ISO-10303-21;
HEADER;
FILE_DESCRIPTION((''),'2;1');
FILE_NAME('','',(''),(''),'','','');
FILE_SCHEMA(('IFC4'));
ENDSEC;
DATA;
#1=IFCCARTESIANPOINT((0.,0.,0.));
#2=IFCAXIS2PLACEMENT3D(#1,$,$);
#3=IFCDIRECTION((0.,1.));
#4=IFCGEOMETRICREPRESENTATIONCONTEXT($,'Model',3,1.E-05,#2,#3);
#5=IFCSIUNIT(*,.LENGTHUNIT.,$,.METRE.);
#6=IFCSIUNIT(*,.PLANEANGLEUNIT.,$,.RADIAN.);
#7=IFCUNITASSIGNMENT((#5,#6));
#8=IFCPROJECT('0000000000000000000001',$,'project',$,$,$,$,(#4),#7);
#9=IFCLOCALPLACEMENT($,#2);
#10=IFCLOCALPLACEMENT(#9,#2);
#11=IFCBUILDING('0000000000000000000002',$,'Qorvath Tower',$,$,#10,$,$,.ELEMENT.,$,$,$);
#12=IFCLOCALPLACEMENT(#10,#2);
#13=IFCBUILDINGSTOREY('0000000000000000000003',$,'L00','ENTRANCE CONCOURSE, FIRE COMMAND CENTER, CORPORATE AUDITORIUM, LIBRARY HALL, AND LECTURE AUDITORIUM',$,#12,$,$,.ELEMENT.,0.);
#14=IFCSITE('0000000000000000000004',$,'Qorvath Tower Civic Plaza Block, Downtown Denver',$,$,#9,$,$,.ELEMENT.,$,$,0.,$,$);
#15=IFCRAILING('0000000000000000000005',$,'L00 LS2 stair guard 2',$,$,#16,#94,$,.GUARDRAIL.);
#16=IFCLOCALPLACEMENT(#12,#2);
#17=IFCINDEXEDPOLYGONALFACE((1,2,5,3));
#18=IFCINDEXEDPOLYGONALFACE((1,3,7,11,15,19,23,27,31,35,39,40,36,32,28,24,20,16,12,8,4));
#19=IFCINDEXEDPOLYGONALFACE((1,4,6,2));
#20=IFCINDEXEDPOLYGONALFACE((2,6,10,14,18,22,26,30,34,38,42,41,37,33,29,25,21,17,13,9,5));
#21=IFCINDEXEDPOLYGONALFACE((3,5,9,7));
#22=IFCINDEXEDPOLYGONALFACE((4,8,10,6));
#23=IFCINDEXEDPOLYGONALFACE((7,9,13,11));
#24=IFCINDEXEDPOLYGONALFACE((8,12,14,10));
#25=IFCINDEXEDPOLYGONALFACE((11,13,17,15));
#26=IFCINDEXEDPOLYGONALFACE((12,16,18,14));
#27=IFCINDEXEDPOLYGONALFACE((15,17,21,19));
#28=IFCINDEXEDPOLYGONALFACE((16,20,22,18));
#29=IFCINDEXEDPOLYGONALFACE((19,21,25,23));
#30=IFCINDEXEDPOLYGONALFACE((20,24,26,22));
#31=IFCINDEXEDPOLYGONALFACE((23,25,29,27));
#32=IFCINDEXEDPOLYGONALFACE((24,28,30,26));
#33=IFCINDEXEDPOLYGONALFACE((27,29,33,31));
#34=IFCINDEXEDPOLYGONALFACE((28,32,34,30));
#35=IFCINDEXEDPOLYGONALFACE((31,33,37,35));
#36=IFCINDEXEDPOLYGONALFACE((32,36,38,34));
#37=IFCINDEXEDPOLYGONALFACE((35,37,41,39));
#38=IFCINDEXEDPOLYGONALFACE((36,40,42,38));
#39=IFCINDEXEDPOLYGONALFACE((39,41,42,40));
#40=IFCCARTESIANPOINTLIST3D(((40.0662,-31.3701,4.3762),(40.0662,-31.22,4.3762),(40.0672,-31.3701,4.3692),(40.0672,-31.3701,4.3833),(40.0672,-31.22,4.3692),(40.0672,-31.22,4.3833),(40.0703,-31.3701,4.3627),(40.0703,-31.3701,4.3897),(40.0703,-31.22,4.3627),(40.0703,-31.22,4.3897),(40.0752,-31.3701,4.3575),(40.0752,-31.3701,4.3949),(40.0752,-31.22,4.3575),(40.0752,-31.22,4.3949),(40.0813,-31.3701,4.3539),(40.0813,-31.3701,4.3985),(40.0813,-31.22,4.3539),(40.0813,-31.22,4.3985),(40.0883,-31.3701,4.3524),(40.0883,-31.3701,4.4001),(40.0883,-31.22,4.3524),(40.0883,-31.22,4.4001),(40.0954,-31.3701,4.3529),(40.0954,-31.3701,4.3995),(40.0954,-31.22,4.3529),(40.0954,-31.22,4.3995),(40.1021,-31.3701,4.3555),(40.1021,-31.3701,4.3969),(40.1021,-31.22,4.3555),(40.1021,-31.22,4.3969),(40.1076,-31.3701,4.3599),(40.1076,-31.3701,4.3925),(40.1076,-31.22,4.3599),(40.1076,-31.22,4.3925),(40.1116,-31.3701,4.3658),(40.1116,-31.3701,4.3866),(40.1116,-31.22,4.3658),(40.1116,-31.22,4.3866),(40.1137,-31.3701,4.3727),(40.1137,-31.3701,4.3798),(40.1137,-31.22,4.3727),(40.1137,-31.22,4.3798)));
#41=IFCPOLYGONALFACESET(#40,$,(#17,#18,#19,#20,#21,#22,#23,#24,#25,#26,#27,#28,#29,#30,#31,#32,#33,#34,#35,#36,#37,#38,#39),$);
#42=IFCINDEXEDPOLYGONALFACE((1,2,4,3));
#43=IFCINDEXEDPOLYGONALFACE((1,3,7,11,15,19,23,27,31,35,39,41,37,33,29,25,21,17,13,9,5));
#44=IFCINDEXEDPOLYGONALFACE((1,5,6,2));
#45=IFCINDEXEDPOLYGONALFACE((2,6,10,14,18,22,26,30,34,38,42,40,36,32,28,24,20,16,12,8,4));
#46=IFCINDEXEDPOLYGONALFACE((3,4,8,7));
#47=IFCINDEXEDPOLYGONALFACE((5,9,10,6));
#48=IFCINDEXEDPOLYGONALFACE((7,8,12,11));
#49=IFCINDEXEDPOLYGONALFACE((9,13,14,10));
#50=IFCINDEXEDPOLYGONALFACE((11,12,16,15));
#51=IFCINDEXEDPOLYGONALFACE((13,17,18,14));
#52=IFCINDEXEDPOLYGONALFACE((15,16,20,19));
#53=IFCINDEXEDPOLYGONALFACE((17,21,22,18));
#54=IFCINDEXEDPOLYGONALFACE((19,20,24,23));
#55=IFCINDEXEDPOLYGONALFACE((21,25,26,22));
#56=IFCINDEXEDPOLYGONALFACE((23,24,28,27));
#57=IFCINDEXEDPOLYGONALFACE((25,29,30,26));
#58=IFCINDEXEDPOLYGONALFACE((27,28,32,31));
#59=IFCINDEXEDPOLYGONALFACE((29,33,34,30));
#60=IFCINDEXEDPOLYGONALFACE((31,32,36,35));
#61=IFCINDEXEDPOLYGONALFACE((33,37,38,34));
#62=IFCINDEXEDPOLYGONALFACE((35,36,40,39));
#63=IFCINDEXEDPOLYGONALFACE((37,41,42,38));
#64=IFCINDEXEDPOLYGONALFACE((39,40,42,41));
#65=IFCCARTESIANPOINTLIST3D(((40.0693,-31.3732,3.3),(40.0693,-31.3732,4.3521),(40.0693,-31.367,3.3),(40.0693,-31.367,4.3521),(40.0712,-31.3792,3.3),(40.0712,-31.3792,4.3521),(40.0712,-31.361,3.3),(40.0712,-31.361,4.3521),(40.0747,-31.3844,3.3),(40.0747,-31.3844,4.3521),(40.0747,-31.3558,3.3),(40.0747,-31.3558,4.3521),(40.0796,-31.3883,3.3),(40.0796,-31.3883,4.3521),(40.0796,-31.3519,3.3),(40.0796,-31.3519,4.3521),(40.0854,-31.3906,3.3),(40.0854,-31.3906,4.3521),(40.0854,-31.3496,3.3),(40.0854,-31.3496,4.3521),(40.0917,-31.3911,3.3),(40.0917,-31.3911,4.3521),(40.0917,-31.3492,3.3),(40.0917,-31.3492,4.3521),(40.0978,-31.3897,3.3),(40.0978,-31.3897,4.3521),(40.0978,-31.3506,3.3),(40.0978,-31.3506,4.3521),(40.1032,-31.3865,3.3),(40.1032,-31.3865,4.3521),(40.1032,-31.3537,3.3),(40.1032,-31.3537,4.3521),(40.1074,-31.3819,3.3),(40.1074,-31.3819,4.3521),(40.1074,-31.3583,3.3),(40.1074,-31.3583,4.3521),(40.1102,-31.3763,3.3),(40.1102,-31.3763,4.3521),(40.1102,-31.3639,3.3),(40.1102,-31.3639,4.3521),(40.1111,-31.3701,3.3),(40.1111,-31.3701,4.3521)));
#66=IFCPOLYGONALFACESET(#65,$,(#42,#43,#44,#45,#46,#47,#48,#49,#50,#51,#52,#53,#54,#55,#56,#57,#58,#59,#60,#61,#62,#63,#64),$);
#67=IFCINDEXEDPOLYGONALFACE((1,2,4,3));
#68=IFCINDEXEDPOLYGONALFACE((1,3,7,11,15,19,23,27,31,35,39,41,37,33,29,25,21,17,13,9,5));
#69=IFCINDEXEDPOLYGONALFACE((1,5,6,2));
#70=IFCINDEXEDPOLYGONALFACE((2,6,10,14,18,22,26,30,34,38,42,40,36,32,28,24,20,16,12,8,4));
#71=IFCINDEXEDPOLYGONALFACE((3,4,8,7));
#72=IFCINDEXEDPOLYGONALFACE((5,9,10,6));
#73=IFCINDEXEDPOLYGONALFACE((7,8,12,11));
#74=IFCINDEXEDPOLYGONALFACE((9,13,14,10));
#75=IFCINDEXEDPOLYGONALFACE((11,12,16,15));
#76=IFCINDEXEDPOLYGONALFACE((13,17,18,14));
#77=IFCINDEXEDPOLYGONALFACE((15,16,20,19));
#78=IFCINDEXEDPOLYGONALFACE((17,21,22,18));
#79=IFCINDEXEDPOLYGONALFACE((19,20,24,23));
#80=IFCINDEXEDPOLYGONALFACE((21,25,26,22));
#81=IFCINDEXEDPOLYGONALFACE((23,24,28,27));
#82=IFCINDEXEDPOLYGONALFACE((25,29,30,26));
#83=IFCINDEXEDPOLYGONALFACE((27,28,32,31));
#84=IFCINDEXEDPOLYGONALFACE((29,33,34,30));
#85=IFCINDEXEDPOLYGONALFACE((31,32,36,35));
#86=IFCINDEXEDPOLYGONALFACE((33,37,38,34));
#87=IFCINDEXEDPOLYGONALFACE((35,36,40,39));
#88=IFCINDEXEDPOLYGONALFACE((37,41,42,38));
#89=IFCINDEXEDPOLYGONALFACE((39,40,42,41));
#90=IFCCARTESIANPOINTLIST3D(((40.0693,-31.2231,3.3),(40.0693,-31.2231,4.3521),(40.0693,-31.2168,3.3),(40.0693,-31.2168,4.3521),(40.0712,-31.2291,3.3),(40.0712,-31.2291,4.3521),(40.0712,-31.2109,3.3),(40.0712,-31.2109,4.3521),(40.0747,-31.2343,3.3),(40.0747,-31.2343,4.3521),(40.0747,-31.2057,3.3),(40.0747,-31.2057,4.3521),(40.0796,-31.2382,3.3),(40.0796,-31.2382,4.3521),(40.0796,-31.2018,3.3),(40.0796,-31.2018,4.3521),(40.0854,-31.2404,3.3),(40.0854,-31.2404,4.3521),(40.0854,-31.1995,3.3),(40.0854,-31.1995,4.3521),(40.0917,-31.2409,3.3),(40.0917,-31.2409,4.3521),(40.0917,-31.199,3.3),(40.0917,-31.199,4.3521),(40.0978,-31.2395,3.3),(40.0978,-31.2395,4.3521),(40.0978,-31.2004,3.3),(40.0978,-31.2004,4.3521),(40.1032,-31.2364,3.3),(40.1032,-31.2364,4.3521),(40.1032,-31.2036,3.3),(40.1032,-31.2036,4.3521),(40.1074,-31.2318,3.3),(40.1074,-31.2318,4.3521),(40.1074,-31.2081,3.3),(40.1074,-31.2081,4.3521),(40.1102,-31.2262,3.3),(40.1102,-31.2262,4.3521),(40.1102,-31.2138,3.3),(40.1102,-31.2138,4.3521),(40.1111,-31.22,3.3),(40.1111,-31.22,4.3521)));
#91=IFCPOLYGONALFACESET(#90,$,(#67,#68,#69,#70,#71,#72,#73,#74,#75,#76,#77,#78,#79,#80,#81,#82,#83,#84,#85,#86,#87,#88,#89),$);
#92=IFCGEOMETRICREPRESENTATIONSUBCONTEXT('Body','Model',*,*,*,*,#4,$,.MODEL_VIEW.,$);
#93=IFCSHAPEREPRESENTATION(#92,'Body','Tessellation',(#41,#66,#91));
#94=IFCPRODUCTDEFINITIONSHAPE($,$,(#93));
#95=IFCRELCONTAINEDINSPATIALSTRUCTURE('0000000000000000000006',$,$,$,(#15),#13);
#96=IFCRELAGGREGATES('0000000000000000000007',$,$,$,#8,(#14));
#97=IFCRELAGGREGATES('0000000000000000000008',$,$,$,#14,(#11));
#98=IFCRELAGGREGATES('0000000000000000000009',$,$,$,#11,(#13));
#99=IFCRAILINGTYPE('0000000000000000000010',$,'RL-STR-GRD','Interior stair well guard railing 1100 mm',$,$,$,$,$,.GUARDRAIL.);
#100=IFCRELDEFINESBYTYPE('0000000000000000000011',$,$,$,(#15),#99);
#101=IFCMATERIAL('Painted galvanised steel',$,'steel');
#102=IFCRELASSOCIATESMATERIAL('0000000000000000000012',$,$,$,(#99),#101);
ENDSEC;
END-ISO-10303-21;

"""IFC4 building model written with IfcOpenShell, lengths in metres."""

from ifc_helpers import new_model, si_unit, direction, frame, origin, origin_2d, place, context, subcontext, project, spatial, circle, extrude, material, type_object, element, save


model = new_model("IFC4")

# Units and contexts
model_context = context("Model", 3, precision=1e-05, world=origin(), true_north=direction((0.0, 1.0)))
body_context = subcontext(model_context, "Body", "Model", "MODEL_VIEW")
ifc_project = project(units=[si_unit("LENGTHUNIT", "METRE"), si_unit("PLANEANGLEUNIT", "RADIAN")], contexts=[model_context])

# Site, building, storey
site_placement = place(None, origin())
site = spatial("IfcSite", under=ifc_project, at=site_placement, Name="Qorvath Tower Civic Plaza Block, Downtown Denver", CompositionType="ELEMENT", RefElevation=0.0)
building_placement = place(site_placement, origin())
building = spatial("IfcBuilding", under=site, at=building_placement, Name="Qorvath Tower", CompositionType="ELEMENT")
storey_placement = place(building_placement, origin())
storey = spatial("IfcBuildingStorey", under=building, at=storey_placement, Name="L00", Description="ENTRANCE CONCOURSE, FIRE COMMAND CENTER, CORPORATE AUDITORIUM, LIBRARY HALL, AND LECTURE AUDITORIUM", CompositionType="ELEMENT", Elevation=0.0)

# Railing
ifc_material_1 = material(Name="Painted galvanised steel", Category="steel")
railing_type_1 = type_object("IfcRailingType", Name="RL-STR-GRD", Description="Interior stair well guard railing 1100 mm", PredefinedType="GUARDRAIL", material=ifc_material_1)
railing_1_placement = place(storey_placement, frame((40.0901, -31.3701, 3.3)))
element("IfcRailing", 1, at=railing_1_placement, inside=storey, type_object=railing_type_1, Name="L00 LS2 stair guard 2", PredefinedType="GUARDRAIL", context=body_context, shape_type="SweptSolid", body=[
    extrude(circle(Radius=0.0239, at=origin_2d()), frame((0.0, 0.0, 1.0762), z_axis=(0.0, 1.0, 0.0), x_axis=(-1.0, 0.0, 0.0)), (0.0, 0.0, 1.0), 0.1501),
    extrude(circle(Radius=0.021, at=origin_2d()), origin(), (0.0, 0.0, 1.0), 1.052),
    extrude(circle(Radius=0.021, at=origin_2d()), frame((0.0, 0.1501, 0.0)), (0.0, 0.0, 1.0), 1.052),
])

save(model, "model.ifc")
